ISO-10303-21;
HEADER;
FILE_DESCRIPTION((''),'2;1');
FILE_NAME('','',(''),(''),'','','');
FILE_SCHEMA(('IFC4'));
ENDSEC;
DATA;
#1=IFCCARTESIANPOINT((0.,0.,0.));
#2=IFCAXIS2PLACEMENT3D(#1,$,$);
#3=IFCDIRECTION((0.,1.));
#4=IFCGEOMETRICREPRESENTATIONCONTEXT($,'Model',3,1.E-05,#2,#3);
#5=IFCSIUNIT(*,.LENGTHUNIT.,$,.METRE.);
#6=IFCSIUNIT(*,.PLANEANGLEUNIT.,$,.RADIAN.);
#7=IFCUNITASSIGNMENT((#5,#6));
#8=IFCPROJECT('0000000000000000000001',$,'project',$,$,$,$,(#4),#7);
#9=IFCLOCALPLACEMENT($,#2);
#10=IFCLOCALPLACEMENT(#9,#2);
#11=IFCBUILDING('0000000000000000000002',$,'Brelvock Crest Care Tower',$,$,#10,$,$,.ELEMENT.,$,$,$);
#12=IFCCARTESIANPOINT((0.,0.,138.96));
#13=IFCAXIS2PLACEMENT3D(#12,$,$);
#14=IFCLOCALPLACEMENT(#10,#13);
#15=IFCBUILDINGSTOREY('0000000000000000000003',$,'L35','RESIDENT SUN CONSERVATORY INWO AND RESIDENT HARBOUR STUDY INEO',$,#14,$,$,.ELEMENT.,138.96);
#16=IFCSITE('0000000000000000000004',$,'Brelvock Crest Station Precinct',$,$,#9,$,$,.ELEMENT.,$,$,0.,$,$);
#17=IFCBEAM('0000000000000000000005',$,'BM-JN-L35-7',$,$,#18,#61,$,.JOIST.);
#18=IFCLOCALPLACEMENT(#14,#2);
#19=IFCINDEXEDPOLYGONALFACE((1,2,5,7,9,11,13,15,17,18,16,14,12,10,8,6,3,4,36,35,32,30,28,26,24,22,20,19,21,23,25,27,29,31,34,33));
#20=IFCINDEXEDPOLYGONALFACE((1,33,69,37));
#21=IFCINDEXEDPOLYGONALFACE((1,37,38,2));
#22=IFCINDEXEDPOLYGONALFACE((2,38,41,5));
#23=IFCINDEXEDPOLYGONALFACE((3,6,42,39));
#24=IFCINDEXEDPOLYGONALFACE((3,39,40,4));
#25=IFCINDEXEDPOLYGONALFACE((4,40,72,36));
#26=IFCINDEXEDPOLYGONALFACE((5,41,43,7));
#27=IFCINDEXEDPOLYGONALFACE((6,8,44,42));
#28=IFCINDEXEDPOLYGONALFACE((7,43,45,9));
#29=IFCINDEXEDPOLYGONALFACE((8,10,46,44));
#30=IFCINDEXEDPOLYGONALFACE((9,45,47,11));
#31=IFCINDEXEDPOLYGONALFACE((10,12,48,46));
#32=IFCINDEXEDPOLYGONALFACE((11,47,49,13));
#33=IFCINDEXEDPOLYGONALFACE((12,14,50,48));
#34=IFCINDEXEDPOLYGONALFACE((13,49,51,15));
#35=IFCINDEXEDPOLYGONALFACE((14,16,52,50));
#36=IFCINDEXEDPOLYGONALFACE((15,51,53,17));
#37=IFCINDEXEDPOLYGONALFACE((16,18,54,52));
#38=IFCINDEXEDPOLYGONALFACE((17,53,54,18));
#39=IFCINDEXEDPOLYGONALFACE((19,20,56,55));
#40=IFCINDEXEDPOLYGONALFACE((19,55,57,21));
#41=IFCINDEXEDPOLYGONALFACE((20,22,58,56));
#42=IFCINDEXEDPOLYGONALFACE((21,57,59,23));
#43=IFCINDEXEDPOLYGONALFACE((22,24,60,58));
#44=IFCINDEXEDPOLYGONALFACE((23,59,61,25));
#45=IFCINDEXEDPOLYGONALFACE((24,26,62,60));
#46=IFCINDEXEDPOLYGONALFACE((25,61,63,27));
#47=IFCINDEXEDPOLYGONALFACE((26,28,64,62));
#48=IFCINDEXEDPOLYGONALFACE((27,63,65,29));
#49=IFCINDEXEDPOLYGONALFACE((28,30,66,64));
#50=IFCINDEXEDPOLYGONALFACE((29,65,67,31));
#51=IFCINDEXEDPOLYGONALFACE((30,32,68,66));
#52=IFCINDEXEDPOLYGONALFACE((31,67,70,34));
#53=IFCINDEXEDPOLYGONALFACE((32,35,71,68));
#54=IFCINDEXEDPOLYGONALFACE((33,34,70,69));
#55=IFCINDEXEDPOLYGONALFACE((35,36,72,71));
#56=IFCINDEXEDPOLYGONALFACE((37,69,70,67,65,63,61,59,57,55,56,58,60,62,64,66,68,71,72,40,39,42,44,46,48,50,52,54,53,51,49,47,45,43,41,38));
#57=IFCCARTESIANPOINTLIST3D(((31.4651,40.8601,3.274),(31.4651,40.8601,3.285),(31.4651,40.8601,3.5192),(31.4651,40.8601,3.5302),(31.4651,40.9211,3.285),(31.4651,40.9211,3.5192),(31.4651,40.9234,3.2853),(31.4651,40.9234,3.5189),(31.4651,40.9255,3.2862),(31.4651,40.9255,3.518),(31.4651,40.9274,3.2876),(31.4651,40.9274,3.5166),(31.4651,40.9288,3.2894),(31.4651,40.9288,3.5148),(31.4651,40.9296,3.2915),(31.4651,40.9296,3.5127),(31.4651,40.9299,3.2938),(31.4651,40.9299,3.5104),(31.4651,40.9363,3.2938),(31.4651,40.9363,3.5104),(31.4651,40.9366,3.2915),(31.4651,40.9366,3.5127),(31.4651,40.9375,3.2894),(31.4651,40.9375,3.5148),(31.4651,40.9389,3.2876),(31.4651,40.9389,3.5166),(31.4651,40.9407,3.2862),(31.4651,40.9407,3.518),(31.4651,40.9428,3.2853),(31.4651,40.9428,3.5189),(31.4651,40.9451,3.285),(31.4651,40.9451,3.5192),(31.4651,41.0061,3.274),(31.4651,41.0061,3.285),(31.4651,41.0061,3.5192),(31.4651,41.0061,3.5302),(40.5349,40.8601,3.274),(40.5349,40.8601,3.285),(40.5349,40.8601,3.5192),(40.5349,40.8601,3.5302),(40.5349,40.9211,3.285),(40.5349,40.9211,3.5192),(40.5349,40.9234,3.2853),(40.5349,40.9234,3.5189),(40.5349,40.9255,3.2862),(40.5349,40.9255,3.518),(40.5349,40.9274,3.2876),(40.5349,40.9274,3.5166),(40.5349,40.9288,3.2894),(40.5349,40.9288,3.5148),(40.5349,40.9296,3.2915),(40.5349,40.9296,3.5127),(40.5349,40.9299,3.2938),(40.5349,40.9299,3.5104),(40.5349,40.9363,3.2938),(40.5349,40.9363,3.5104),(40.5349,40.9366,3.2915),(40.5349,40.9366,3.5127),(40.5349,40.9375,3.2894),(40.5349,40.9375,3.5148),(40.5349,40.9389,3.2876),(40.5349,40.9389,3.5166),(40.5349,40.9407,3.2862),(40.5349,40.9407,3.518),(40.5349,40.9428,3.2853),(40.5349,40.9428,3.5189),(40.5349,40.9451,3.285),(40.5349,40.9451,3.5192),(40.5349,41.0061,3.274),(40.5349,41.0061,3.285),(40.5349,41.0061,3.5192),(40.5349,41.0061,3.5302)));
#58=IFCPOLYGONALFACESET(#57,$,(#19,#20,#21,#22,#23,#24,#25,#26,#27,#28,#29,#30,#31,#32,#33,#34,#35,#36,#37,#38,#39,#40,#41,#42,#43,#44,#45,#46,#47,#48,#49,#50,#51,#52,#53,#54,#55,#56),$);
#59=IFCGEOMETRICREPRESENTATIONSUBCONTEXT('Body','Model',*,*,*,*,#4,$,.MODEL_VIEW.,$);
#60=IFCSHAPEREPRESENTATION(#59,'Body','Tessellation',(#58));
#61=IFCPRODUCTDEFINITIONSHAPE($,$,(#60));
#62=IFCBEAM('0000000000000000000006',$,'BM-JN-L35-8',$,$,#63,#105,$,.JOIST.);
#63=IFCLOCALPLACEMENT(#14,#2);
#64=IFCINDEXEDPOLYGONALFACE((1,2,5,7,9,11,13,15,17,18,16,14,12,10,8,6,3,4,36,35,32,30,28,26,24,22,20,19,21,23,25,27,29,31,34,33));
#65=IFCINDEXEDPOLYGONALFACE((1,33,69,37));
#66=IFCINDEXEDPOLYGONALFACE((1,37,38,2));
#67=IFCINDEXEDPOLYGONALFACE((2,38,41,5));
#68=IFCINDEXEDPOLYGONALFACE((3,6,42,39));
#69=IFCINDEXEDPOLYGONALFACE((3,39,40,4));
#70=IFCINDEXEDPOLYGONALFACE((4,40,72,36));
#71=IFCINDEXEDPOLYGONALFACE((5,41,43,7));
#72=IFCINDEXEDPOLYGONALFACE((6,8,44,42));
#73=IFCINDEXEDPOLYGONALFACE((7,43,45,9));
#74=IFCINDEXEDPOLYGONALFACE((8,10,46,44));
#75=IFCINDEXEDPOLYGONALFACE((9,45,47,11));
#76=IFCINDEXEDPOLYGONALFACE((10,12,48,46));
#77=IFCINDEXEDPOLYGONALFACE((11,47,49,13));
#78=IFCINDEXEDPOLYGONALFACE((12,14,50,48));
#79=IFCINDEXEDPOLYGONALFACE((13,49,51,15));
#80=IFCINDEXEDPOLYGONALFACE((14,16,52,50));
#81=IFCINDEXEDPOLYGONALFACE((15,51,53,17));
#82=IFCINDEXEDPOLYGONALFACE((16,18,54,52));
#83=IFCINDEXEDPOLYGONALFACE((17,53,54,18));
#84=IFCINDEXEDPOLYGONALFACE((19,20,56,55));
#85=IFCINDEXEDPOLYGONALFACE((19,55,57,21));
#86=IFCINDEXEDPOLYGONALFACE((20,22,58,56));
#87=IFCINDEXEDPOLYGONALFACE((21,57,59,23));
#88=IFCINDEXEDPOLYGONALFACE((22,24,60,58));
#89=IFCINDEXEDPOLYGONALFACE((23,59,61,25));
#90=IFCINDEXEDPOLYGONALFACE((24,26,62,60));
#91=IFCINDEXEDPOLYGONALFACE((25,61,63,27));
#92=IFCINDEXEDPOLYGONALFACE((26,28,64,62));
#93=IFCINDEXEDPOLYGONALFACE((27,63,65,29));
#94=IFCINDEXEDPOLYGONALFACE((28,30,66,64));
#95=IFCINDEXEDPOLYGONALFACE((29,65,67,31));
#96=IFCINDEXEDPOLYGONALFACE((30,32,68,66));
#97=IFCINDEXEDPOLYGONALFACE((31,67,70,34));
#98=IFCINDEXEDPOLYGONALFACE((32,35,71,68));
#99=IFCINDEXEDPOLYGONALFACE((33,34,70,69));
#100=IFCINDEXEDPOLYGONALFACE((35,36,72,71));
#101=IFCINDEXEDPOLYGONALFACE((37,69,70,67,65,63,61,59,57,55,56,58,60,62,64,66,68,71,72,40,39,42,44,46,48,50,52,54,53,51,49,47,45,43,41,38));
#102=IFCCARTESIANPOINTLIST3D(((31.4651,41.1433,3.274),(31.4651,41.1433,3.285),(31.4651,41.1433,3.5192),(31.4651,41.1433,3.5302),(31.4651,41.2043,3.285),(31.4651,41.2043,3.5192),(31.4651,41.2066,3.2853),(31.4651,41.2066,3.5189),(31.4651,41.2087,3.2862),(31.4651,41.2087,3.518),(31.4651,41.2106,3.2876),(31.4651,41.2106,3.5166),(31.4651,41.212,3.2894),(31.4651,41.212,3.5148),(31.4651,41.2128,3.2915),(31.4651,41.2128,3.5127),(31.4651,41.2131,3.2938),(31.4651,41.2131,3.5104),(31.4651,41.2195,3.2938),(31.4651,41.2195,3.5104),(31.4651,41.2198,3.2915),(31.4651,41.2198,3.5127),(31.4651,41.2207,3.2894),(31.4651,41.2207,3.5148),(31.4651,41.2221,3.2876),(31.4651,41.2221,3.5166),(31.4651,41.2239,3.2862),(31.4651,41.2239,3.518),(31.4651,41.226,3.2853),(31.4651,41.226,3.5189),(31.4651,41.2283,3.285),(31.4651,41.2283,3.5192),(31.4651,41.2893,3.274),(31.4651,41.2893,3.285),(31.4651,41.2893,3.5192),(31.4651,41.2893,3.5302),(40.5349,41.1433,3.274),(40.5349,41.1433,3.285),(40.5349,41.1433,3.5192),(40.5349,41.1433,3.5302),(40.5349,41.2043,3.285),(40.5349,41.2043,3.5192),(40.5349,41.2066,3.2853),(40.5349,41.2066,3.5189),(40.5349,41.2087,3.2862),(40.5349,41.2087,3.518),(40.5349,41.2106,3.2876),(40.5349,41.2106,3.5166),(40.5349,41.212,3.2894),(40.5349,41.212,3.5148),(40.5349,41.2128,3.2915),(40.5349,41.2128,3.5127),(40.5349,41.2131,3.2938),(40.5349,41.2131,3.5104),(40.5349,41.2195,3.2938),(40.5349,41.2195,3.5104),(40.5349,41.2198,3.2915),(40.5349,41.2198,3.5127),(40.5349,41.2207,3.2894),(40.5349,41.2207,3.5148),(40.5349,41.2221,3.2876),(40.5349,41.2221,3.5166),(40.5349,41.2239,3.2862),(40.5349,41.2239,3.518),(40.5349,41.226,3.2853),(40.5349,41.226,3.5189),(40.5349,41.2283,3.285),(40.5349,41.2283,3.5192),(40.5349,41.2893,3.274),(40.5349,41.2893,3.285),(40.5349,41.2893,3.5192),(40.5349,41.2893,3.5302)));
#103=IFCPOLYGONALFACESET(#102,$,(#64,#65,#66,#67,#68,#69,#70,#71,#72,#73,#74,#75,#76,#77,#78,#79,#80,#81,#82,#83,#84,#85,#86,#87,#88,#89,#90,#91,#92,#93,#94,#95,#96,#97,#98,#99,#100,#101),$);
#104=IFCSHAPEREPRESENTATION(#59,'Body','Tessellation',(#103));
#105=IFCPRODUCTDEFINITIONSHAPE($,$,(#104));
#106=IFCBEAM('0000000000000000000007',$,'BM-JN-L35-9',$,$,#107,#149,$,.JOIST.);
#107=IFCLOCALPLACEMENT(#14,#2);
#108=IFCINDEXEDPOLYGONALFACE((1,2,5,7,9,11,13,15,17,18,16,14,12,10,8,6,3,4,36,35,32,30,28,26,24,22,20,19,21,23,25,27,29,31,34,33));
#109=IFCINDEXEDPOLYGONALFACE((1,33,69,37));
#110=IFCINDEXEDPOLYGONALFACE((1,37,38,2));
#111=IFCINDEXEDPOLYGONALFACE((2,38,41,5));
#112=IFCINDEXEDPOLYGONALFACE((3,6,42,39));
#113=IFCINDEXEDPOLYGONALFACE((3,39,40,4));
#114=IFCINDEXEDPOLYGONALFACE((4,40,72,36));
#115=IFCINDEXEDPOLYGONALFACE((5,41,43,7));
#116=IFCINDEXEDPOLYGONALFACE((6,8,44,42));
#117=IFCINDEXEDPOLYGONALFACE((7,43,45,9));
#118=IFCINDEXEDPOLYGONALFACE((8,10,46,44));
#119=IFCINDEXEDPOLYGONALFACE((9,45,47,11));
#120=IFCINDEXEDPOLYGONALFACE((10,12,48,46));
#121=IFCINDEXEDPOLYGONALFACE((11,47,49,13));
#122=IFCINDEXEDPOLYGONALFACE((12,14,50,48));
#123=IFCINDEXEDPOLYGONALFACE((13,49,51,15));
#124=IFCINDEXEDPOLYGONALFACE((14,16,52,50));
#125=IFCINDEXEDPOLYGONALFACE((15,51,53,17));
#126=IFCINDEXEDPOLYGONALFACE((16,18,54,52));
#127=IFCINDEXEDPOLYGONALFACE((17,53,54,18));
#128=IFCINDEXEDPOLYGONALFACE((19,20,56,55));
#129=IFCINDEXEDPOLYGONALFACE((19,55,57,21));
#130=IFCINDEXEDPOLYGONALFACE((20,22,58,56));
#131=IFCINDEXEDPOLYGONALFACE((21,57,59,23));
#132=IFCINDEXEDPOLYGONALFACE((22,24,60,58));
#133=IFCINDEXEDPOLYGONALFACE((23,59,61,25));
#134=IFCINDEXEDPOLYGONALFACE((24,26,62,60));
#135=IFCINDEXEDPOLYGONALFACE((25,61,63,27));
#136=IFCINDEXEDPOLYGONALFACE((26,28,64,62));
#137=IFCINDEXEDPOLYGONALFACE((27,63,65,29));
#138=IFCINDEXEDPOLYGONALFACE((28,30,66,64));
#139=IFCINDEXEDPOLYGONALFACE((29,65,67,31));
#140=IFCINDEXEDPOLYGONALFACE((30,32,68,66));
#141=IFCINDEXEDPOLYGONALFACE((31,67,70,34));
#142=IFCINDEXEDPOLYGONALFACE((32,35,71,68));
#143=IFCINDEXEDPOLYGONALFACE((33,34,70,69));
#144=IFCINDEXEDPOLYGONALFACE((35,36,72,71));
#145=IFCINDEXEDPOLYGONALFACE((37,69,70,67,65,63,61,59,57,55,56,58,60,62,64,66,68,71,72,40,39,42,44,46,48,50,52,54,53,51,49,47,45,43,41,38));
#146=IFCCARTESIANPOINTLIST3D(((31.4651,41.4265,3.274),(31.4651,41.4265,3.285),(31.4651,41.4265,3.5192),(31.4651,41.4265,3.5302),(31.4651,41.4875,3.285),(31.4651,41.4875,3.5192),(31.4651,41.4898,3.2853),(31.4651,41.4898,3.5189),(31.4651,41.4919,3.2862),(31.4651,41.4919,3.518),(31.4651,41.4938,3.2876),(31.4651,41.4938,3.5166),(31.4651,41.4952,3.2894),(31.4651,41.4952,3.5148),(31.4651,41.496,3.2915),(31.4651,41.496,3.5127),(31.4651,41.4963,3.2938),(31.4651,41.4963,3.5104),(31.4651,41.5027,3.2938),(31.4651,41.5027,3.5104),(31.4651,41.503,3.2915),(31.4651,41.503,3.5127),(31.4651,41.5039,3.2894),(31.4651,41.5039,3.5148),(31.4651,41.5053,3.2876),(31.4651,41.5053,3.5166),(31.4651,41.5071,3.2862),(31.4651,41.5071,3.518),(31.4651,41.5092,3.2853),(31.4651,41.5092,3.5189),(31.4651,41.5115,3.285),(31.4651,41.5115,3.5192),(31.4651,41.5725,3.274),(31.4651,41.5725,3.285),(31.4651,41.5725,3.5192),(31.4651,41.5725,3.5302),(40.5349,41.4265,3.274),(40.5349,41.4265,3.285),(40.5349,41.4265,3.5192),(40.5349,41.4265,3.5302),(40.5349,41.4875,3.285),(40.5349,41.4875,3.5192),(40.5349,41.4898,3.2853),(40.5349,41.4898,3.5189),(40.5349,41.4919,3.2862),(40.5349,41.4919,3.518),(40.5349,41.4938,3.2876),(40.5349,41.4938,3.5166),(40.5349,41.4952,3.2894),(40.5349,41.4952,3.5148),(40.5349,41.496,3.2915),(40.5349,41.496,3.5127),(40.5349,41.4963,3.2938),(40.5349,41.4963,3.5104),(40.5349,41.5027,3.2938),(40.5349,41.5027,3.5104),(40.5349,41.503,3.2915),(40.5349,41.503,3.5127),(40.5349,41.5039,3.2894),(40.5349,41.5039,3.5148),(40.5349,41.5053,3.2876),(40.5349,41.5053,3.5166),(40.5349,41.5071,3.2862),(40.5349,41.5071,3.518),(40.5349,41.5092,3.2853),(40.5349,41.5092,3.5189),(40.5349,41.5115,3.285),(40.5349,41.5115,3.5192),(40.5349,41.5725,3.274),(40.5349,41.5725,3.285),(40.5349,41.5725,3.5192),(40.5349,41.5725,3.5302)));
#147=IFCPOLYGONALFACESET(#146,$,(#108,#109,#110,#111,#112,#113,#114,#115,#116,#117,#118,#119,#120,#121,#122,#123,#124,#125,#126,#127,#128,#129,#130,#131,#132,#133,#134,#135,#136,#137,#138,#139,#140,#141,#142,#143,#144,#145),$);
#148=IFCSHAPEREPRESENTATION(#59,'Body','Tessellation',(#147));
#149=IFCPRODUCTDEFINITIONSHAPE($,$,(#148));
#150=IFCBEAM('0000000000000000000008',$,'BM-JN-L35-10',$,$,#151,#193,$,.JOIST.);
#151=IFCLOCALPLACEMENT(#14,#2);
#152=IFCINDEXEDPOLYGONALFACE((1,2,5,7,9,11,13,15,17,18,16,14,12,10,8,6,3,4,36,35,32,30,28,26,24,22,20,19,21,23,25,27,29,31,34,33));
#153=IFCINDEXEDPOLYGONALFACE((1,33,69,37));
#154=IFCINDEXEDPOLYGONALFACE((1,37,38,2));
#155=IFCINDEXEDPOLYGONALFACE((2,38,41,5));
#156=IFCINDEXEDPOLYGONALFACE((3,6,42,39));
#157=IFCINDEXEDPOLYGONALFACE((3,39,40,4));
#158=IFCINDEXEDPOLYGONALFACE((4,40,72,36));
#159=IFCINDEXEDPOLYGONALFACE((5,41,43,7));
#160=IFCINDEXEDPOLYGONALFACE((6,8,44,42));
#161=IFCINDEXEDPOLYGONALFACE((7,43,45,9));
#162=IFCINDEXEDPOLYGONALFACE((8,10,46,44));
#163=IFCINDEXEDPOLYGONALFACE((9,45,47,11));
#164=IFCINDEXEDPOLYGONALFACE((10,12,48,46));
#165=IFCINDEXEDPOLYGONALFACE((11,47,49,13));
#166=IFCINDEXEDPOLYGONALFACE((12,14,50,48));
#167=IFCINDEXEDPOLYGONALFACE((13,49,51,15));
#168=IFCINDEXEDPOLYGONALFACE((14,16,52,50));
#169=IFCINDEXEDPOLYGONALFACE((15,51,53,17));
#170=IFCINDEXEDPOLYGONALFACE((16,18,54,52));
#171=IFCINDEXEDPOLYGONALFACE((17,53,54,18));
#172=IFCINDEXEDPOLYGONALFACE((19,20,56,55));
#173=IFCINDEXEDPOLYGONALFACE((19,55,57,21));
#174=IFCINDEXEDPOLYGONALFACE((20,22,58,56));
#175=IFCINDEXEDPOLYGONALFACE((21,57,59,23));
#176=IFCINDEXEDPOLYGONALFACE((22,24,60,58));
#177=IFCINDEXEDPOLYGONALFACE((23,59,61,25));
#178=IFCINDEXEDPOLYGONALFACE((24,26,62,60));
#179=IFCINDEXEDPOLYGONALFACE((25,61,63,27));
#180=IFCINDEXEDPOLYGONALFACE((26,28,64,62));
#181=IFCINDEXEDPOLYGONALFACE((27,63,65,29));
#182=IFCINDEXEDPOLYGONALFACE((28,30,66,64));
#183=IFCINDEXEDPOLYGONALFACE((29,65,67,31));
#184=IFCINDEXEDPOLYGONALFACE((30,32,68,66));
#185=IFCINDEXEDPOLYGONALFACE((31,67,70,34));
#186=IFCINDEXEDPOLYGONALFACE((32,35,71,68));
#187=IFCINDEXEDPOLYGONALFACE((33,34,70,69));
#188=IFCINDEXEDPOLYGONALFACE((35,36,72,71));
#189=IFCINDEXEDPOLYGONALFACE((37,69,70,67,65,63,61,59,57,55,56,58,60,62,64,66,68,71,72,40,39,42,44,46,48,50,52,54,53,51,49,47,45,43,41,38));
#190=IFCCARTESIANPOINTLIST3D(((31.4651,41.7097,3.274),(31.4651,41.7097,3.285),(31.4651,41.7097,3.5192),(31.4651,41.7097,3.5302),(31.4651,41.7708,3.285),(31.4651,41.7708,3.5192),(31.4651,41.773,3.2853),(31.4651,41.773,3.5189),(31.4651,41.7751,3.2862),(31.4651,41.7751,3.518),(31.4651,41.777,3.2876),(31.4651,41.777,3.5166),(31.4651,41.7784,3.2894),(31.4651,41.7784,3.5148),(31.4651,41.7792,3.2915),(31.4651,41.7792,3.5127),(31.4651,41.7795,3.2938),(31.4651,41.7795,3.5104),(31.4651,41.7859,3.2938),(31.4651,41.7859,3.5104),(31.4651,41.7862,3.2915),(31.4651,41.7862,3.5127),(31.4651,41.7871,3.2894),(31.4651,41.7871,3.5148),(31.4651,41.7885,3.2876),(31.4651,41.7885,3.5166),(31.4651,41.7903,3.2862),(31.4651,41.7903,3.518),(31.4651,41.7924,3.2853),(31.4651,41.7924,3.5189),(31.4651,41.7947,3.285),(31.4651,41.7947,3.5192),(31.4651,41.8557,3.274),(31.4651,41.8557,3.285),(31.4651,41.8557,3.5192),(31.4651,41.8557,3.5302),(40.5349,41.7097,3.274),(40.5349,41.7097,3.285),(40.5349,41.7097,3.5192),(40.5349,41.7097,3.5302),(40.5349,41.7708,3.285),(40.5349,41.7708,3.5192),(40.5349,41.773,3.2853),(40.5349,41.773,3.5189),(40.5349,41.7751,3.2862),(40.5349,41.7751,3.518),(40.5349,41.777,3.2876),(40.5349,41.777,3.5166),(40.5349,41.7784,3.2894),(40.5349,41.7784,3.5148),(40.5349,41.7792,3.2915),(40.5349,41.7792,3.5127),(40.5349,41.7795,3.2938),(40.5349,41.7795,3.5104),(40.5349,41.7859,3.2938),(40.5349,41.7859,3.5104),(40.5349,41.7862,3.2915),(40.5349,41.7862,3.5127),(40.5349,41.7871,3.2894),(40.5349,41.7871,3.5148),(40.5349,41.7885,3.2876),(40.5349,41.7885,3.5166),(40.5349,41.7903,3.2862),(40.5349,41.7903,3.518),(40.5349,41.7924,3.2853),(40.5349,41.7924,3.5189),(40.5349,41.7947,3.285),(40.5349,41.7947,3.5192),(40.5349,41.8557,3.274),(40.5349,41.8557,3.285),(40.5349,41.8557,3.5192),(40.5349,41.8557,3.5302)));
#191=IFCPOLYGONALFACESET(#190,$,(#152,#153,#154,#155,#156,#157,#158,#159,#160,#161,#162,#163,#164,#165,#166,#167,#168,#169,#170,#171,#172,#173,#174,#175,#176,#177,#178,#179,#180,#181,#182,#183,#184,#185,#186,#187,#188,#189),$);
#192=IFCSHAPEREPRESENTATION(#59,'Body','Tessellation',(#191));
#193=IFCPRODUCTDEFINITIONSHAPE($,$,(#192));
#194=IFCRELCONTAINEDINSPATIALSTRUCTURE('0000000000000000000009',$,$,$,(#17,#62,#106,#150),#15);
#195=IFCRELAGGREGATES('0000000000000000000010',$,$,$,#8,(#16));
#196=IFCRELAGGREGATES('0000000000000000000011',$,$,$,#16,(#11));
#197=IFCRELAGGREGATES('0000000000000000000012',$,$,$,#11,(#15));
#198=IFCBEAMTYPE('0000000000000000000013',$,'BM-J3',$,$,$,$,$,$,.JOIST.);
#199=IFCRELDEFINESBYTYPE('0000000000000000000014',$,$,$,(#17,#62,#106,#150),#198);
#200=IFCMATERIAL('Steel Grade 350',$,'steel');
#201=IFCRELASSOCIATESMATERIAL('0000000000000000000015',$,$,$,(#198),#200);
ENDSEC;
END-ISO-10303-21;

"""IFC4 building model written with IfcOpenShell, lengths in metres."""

from ifc_helpers import new_model, si_unit, direction, frame, origin, origin_2d, place, context, subcontext, project, spatial, i_section, extrude, source, transform, mapped, material, material_profile, profile_set, type_object, element, save


model = new_model("IFC4")

# Units and contexts
model_context = context("Model", 3, precision=1e-05, world=origin(), true_north=direction((0.0, 1.0)))
body_context = subcontext(model_context, "Body", "Model", "MODEL_VIEW")
ifc_project = project(units=[si_unit("LENGTHUNIT", "METRE"), si_unit("PLANEANGLEUNIT", "RADIAN")], contexts=[model_context])

# Site, building, storey
site_placement = place(None, origin())
site = spatial("IfcSite", under=ifc_project, at=site_placement, Name="Brelvock Crest Station Precinct", CompositionType="ELEMENT", RefElevation=0.0)
building_placement = place(site_placement, origin())
building = spatial("IfcBuilding", under=site, at=building_placement, Name="Brelvock Crest Care Tower", CompositionType="ELEMENT")
storey_placement = place(building_placement, frame((0.0, 0.0, 138.96)))
storey = spatial("IfcBuildingStorey", under=building, at=storey_placement, Name="L35", Description="RESIDENT SUN CONSERVATORY INWO AND RESIDENT HARBOUR STUDY INEO", CompositionType="ELEMENT", Elevation=138.96)

# Shared definitions
ifc_material_1 = material(Name="Steel Grade 350", Category="steel")

# Beams
ifc_material_profile_1 = material_profile(ifc_material_1, i_section(OverallWidth=0.146, OverallDepth=0.2561, WebThickness=0.0063, FlangeThickness=0.011, FilletRadius=0.0088, at=origin_2d()), Name="250UB37.3")
ifc_profile_set_1 = profile_set([ifc_material_profile_1], Name="Steel Grade 350")
beam_type_1 = type_object("IfcBeamType", Name="BM-J3", PredefinedType="JOIST", material=ifc_profile_set_1)
shared_shape_1 = source(origin(), body_context, "Body", "SweptSolid", [
    extrude(i_section(OverallWidth=0.146, OverallDepth=0.2561, WebThickness=0.0063, FlangeThickness=0.011, FilletRadius=0.0088, at=origin_2d()), origin(), (0.0, 0.0, 1.0), 9.0698),
])
for number, where, z_axis, x_axis, name in (
    (1, (31.4651, 40.9331, 3.4021), (1.0, 0.0, 0.0), (0.0, 1.0, 0.0), "BM-JN-L35-7"),
    (2, (31.4651, 41.2163, 3.4021), (1.0, 0.0, 0.0), (0.0, 1.0, 0.0), "BM-JN-L35-8"),
    (3, (31.4651, 41.4995, 3.4021), (1.0, 0.0, 0.0), (0.0, 1.0, 0.0), "BM-JN-L35-9"),
    (4, (31.4651, 41.7827, 3.4021), (1.0, 0.0, 0.0), (0.0, 1.0, 0.0), "BM-JN-L35-10"),
):
    element("IfcBeam", number, at=place(storey_placement, frame(where, z_axis=z_axis, x_axis=x_axis)), inside=storey, type_object=beam_type_1, Name=name, PredefinedType="JOIST", context=body_context, shape_type="MappedRepresentation", body=[
        mapped(shared_shape_1, transform((0.0, 0.0, 0.0), x_axis=(1.0, 0.0, 0.0), y_axis=(0.0, 1.0, 0.0), z_axis=(0.0, 0.0, 1.0), scale=1.0)),
    ])

save(model, "model.ifc")
